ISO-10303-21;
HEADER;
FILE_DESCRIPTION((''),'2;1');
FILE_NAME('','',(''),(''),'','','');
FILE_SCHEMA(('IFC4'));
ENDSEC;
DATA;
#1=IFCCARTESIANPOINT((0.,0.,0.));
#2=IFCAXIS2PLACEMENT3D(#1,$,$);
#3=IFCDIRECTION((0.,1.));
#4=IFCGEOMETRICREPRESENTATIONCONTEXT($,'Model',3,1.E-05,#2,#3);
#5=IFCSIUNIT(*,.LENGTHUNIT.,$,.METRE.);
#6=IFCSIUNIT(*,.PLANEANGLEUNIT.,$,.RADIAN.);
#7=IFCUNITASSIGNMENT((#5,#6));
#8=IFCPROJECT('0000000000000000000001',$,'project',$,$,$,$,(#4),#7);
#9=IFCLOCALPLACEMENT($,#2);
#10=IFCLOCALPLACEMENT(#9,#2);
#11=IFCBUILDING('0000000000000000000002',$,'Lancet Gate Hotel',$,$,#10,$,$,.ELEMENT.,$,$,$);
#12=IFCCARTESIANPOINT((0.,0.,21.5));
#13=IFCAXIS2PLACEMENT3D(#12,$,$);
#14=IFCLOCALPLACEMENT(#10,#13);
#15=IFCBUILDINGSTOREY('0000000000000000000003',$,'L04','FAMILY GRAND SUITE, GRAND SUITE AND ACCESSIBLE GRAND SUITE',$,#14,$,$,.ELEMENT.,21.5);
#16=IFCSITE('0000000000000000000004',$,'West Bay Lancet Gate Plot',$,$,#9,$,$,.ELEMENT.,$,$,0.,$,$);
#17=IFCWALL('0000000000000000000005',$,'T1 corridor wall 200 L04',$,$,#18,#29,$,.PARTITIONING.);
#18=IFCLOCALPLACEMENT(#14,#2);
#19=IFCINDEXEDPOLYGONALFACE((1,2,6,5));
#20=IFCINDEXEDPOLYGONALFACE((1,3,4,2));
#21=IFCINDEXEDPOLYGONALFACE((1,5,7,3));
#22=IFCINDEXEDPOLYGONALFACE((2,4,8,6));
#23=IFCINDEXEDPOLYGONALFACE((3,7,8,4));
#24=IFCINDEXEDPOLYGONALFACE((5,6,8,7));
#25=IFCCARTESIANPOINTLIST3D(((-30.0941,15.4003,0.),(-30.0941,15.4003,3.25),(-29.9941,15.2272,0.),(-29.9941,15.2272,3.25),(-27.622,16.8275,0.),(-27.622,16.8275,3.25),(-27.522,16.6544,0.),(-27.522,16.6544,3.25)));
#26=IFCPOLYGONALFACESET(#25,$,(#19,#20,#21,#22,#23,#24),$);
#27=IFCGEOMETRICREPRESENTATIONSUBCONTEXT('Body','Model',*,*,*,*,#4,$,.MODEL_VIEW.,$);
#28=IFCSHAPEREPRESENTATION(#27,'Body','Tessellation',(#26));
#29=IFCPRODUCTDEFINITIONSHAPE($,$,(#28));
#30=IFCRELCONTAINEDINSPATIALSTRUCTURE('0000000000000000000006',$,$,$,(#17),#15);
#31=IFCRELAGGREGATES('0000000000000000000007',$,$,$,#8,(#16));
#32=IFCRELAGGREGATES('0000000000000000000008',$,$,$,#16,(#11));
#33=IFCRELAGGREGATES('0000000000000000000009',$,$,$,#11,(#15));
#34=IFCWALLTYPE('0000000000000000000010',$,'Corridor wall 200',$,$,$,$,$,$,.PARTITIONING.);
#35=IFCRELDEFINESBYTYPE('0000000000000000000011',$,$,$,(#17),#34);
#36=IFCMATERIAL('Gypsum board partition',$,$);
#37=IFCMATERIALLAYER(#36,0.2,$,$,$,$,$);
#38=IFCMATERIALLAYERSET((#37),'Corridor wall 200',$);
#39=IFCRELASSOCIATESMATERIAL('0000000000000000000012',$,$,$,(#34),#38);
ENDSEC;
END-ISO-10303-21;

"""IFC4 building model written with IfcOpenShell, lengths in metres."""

from ifc_helpers import new_model, si_unit, direction, frame, frame_2d, origin, place, context, subcontext, project, spatial, rectangle, extrude, material, layer, layer_set, type_object, element, save


model = new_model("IFC4")

# Units and contexts
model_context = context("Model", 3, precision=1e-05, world=origin(), true_north=direction((0.0, 1.0)))
body_context = subcontext(model_context, "Body", "Model", "MODEL_VIEW")
ifc_project = project(units=[si_unit("LENGTHUNIT", "METRE"), si_unit("PLANEANGLEUNIT", "RADIAN")], contexts=[model_context])

# Site, building, storey
site_placement = place(None, origin())
site = spatial("IfcSite", under=ifc_project, at=site_placement, Name="West Bay Lancet Gate Plot", CompositionType="ELEMENT", RefElevation=0.0)
building_placement = place(site_placement, origin())
building = spatial("IfcBuilding", under=site, at=building_placement, Name="Lancet Gate Hotel", CompositionType="ELEMENT")
storey_placement = place(building_placement, frame((0.0, 0.0, 21.5)))
storey = spatial("IfcBuildingStorey", under=building, at=storey_placement, Name="L04", Description="FAMILY GRAND SUITE, GRAND SUITE AND ACCESSIBLE GRAND SUITE", CompositionType="ELEMENT", Elevation=21.5)

# Wall
ifc_material_1 = material(Name="Gypsum board partition")
ifc_layer_1 = layer(ifc_material_1, 0.2)
ifc_layer_set_1 = layer_set([ifc_layer_1], Name="Corridor wall 200")
wall_type_1 = type_object("IfcWallType", Name="Corridor wall 200", PredefinedType="PARTITIONING", material=ifc_layer_set_1)
wall_1_placement = place(storey_placement, frame((-27.572, 16.741, 0.0), z_axis=(0.0, 0.0, 1.0), x_axis=(-0.866035, -0.499984, 0.0)))
element("IfcWall", 1, at=wall_1_placement, inside=storey, type_object=wall_type_1, Name="T1 corridor wall 200 L04", PredefinedType="PARTITIONING", context=body_context, shape_type="SweptSolid", body=[
    extrude(rectangle(XDim=2.8545, YDim=0.2, at=frame_2d((1.4272, 0.0))), origin(), (0.0, 0.0, 1.0), 3.25),
])

save(model, "model.ifc")
